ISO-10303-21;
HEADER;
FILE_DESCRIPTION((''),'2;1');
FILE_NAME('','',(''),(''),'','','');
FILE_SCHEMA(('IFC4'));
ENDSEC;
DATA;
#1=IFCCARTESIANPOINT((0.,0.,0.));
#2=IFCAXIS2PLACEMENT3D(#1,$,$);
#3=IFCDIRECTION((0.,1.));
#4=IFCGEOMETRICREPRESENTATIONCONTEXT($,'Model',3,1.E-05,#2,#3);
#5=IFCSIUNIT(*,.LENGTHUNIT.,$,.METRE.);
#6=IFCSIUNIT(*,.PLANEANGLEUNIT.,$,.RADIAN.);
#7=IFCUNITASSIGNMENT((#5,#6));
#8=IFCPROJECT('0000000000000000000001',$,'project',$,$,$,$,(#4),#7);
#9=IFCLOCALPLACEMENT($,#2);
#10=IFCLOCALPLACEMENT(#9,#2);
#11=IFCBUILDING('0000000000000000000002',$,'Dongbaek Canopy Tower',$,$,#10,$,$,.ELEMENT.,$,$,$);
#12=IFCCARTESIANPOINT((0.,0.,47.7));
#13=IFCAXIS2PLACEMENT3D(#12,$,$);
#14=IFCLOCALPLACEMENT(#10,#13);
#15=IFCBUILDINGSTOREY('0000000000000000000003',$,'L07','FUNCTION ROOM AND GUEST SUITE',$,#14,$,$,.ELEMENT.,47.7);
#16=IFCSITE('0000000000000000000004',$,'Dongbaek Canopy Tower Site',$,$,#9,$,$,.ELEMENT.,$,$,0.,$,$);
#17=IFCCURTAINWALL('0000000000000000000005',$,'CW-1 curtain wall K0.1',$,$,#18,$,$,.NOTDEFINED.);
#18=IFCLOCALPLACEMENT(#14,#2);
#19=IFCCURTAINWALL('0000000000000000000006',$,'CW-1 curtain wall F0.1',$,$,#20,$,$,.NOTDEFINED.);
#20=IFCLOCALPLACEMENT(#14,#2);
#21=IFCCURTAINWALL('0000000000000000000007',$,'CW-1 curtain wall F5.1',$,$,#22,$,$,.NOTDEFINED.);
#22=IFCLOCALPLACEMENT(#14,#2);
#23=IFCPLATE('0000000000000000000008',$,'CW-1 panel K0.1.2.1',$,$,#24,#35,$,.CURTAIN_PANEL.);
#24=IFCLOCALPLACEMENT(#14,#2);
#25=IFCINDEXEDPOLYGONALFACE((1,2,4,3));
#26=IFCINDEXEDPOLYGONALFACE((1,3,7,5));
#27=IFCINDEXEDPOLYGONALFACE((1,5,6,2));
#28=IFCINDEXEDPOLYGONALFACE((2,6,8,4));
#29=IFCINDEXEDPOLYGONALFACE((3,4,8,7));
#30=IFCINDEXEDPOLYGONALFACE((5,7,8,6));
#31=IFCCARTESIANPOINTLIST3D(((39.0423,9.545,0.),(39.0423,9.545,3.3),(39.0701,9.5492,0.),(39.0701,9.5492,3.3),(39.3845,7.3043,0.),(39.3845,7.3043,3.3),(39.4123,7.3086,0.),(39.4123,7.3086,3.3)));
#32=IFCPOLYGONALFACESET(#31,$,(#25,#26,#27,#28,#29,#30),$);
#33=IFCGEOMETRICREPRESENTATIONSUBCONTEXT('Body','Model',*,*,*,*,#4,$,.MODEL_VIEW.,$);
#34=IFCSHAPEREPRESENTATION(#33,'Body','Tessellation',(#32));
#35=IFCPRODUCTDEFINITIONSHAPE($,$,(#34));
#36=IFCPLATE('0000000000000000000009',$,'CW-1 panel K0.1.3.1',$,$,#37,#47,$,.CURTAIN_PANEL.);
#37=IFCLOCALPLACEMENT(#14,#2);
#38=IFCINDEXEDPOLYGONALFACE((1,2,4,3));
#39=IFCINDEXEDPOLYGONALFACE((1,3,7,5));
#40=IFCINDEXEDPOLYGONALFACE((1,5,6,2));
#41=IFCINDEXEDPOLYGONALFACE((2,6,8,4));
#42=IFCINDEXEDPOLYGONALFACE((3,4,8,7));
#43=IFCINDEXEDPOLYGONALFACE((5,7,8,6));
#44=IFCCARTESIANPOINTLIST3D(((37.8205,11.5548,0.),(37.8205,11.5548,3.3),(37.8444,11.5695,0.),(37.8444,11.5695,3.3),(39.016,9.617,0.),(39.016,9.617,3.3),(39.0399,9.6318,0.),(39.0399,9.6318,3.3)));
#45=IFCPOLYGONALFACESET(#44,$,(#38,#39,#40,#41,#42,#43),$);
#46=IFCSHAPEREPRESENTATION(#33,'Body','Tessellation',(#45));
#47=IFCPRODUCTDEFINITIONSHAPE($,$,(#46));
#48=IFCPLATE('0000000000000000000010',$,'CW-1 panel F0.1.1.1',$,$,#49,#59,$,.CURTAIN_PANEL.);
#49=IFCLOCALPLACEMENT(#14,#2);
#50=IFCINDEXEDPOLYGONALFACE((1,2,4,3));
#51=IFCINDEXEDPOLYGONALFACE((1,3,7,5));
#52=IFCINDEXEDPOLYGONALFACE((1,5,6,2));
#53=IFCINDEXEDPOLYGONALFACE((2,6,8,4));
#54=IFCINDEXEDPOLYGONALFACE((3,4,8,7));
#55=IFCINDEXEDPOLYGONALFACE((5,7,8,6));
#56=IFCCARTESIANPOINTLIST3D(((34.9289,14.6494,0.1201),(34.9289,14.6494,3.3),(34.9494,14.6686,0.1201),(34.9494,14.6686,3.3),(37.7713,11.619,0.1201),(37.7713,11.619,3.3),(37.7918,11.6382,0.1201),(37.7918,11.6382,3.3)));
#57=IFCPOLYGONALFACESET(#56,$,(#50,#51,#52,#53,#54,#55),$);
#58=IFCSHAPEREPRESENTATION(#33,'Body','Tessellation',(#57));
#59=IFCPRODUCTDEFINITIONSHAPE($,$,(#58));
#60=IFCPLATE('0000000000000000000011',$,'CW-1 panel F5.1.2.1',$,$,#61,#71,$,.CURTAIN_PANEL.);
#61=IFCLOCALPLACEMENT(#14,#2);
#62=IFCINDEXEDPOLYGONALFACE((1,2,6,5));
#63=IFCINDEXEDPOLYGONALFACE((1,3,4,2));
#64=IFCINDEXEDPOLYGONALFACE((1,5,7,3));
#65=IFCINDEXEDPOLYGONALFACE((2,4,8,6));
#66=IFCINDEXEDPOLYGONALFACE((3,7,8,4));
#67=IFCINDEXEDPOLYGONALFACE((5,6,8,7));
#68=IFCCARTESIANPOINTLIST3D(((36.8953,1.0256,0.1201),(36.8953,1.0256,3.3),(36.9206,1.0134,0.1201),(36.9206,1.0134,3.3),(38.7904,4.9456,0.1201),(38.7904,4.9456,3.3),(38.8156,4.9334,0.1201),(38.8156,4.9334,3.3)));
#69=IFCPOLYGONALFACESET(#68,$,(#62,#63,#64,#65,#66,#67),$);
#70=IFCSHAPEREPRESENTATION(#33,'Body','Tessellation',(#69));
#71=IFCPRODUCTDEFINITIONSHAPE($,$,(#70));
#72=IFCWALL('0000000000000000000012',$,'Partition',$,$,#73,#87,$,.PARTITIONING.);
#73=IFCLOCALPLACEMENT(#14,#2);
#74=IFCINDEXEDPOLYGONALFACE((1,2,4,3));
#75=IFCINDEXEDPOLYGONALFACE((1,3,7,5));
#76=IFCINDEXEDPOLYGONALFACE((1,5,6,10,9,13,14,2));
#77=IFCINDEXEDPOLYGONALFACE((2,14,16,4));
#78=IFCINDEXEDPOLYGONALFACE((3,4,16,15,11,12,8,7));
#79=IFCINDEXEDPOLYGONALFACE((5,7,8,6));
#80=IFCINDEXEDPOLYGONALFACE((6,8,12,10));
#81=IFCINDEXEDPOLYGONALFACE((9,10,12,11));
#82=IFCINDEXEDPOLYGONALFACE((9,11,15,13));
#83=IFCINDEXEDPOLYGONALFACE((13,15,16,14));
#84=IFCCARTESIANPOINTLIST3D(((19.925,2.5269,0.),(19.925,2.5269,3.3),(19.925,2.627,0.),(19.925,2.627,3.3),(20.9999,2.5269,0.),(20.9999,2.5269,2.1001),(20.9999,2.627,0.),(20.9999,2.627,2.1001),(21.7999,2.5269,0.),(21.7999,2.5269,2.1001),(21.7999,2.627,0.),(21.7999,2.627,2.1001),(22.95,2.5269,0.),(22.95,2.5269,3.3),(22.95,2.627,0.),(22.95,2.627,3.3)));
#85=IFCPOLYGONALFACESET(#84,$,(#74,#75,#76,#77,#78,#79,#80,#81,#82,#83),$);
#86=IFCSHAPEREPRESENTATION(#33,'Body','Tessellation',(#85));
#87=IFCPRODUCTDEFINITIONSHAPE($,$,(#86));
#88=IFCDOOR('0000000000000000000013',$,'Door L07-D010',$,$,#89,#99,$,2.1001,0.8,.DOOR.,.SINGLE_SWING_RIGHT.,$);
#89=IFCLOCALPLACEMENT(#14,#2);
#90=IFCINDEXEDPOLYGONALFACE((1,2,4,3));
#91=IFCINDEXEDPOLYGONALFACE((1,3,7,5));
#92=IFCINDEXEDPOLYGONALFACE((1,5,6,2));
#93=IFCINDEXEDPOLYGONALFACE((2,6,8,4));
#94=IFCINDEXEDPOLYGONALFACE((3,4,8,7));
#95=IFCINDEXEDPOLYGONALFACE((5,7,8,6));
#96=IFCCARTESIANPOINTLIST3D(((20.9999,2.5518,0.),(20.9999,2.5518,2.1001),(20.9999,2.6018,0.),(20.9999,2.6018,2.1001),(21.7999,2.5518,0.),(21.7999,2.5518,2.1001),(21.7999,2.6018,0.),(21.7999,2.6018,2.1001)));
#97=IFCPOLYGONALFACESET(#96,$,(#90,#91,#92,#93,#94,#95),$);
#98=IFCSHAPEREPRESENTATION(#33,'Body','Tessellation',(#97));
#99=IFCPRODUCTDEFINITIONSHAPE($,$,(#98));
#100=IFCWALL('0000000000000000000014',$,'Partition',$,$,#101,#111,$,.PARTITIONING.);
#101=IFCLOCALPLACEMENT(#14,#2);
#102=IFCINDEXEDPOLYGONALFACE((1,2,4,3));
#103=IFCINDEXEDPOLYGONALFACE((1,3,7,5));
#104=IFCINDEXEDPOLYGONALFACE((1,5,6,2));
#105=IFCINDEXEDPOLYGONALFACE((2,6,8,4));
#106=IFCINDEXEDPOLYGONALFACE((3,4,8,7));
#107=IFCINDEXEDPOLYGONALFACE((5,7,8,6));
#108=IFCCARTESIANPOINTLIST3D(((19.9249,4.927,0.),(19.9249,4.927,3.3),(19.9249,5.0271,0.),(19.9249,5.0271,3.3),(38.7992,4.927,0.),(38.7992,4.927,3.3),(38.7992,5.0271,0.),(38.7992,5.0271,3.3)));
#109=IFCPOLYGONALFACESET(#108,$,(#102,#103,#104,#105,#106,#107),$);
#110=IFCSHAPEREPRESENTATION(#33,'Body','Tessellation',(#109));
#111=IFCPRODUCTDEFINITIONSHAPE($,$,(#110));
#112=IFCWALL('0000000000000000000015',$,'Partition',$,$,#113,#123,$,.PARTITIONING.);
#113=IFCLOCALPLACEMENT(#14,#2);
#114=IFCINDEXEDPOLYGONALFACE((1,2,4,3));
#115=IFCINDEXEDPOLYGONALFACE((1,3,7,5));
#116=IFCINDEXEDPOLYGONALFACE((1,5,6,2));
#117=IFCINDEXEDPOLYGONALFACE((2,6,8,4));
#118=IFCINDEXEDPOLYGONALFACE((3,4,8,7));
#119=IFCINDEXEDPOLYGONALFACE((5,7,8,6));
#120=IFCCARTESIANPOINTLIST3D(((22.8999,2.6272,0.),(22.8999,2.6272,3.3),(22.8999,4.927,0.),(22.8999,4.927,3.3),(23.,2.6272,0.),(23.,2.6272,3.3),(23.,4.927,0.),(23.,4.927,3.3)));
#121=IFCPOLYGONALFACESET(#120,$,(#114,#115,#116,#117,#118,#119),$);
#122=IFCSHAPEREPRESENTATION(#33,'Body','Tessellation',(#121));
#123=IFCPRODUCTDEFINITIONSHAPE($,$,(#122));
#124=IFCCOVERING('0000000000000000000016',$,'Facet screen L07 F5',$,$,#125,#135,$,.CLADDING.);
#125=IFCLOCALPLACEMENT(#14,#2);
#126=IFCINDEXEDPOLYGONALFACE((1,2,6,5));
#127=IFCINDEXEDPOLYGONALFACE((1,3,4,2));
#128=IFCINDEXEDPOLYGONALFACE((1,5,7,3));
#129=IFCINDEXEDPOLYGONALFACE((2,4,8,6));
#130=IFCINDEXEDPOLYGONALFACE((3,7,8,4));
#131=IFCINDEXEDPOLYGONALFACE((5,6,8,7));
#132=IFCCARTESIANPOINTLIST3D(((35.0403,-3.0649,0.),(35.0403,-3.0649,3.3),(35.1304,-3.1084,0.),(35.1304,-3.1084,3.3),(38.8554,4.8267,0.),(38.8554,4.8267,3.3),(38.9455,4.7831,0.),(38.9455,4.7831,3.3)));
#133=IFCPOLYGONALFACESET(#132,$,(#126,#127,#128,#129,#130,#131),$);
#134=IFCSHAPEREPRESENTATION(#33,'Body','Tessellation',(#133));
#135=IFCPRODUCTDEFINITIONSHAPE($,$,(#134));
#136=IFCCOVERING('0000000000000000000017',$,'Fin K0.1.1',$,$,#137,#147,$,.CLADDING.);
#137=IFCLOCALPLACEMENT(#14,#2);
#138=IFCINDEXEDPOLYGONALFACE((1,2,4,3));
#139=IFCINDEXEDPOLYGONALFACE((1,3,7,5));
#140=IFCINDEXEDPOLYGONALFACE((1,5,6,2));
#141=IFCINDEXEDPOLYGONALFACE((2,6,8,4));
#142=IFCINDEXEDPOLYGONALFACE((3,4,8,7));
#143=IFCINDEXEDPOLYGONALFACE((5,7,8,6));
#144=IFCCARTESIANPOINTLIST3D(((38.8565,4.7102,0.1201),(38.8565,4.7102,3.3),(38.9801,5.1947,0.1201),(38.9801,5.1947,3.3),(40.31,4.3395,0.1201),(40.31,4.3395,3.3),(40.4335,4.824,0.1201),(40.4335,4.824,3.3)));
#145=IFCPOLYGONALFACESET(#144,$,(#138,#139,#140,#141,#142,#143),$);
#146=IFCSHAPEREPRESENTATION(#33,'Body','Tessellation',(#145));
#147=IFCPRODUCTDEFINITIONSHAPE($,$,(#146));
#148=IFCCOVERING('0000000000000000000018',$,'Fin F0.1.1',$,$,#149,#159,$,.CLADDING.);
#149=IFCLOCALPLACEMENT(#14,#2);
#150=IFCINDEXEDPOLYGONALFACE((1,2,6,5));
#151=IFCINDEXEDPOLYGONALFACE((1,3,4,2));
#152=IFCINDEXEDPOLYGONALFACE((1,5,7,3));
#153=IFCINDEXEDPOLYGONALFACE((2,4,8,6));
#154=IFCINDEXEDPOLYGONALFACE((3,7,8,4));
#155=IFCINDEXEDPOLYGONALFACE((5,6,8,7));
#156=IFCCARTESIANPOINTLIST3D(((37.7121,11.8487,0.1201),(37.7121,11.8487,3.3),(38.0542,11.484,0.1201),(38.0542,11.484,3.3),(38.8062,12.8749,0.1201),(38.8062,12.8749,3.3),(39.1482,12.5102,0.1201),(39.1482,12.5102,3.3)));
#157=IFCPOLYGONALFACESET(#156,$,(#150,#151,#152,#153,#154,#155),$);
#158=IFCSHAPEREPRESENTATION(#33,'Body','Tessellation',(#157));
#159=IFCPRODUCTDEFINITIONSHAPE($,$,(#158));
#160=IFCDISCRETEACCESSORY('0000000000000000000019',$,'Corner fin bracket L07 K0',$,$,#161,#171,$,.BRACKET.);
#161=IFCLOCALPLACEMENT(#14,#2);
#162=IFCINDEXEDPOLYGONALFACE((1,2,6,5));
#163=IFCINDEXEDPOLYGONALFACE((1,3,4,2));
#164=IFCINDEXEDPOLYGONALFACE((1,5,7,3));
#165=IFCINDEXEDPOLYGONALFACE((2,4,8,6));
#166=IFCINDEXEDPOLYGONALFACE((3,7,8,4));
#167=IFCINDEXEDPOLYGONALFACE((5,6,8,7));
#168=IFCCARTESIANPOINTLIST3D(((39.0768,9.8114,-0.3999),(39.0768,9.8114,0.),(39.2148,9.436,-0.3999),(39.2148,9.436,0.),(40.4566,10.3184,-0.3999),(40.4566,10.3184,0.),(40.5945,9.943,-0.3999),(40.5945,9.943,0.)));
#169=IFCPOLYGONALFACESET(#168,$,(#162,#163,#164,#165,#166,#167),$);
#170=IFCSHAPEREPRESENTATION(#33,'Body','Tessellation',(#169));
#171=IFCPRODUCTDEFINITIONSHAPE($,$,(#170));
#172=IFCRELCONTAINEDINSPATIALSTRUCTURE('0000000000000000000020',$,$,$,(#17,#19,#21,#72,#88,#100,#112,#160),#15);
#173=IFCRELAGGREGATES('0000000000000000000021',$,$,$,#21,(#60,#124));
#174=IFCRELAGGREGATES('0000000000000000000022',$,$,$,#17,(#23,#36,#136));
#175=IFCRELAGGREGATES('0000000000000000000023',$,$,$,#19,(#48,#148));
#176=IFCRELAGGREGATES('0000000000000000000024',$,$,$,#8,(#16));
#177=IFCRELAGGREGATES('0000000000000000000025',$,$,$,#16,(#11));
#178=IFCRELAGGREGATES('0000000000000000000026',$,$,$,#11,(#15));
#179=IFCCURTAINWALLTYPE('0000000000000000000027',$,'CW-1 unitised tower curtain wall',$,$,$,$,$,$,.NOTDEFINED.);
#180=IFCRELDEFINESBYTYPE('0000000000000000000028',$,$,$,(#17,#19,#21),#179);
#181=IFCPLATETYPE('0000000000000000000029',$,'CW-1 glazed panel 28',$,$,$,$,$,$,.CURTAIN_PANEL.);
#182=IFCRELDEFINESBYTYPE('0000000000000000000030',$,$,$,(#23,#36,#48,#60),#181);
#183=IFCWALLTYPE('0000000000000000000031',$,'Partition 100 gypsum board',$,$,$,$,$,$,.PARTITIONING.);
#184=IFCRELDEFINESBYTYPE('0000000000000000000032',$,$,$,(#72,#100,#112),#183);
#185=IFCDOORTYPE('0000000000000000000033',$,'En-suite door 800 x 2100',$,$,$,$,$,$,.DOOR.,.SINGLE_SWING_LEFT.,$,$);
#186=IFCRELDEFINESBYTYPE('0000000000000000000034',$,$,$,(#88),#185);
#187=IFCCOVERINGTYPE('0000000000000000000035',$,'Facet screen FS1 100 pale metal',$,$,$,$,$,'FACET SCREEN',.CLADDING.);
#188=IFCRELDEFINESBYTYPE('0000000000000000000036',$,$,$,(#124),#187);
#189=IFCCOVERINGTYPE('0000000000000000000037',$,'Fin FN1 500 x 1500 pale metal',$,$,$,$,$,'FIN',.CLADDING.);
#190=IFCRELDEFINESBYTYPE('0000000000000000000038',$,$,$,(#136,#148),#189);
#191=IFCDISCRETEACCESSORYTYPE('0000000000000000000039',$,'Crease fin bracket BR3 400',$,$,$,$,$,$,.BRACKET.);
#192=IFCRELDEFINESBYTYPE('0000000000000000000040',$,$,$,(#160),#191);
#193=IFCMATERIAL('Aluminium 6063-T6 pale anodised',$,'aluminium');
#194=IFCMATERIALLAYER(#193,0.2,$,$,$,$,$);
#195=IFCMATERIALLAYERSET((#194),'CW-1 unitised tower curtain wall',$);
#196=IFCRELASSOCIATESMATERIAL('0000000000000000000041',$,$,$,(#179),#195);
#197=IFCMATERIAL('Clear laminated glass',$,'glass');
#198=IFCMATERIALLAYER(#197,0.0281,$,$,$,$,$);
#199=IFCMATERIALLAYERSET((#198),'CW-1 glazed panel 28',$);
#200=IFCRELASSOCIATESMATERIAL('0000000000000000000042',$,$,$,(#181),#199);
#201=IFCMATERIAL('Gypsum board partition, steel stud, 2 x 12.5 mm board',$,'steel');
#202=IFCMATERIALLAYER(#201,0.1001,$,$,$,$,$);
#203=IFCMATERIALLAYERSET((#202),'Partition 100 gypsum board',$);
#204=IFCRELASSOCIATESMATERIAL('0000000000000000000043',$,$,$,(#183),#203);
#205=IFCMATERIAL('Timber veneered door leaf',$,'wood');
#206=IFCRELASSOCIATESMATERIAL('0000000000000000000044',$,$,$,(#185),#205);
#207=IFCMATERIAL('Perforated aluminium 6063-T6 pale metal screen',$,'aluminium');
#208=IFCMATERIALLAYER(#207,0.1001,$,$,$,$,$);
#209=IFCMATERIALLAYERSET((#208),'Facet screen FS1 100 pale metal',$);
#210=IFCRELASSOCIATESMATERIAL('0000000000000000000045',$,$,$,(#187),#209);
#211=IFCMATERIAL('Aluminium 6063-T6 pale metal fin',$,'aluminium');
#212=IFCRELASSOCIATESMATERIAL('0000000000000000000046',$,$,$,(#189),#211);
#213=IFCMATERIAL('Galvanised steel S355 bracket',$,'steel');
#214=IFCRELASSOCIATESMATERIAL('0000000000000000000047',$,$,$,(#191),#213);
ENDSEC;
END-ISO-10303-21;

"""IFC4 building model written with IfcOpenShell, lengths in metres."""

from ifc_helpers import new_model, si_unit, direction, frame, frame_2d, origin, origin_2d, place, context, subcontext, project, spatial, rectangle, extrude, material, layer, layer_set, material_profile, profile_set, type_object, element, fill, aggregate, save


model = new_model("IFC4")

# Units and contexts
model_context = context("Model", 3, precision=1e-05, world=origin(), true_north=direction((0.0, 1.0)))
body_context = subcontext(model_context, "Body", "Model", "MODEL_VIEW")
ifc_project = project(units=[si_unit("LENGTHUNIT", "METRE"), si_unit("PLANEANGLEUNIT", "RADIAN")], contexts=[model_context])

# Site, building, storey
site_placement = place(None, origin())
site = spatial("IfcSite", under=ifc_project, at=site_placement, Name="Dongbaek Canopy Tower Site", CompositionType="ELEMENT", RefElevation=0.0)
building_placement = place(site_placement, origin())
building = spatial("IfcBuilding", under=site, at=building_placement, Name="Dongbaek Canopy Tower", CompositionType="ELEMENT")
storey_placement = place(building_placement, frame((0.0, 0.0, 47.7)))
storey = spatial("IfcBuildingStorey", under=building, at=storey_placement, Name="L07", Description="FUNCTION ROOM AND GUEST SUITE", CompositionType="ELEMENT", Elevation=47.7)

# Curtain wall
ifc_material_1 = material(Name="Aluminium 6063-T6 pale anodised", Category="aluminium")
ifc_layer_1 = layer(ifc_material_1, 0.2)
ifc_layer_set_1 = layer_set([ifc_layer_1], Name="CW-1 unitised tower curtain wall")
curtain_wall_type = type_object("IfcCurtainWallType", Name="CW-1 unitised tower curtain wall", PredefinedType="NOTDEFINED", material=ifc_layer_set_1)
curtain_wall_1_placement = place(storey_placement, origin())
curtain_wall_1 = element("IfcCurtainWall", 1, at=curtain_wall_1_placement, inside=storey, type_object=curtain_wall_type, Name="CW-1 curtain wall K0.1", PredefinedType="NOTDEFINED")

# Curtain walls
curtain_wall_2_placement = place(storey_placement, origin())
curtain_wall_2 = element("IfcCurtainWall", 2, at=curtain_wall_2_placement, inside=storey, type_object=curtain_wall_type, Name="CW-1 curtain wall F0.1", PredefinedType="NOTDEFINED")
curtain_wall_3_placement = place(storey_placement, origin())
curtain_wall_3 = element("IfcCurtainWall", 3, at=curtain_wall_3_placement, inside=storey, type_object=curtain_wall_type, Name="CW-1 curtain wall F5.1", PredefinedType="NOTDEFINED")

# Plates
ifc_material_2 = material(Name="Clear laminated glass", Category="glass")
ifc_layer_2 = layer(ifc_material_2, 0.0281)
ifc_layer_set_2 = layer_set([ifc_layer_2], Name="CW-1 glazed panel 28")
plate_type = type_object("IfcPlateType", Name="CW-1 glazed panel 28", PredefinedType="CURTAIN_PANEL", material=ifc_layer_set_2)
plate_1_placement = place(storey_placement, frame((39.2273, 8.4268, 0.0), z_axis=(0.0, 0.0, 1.0), x_axis=(-0.150964, 0.988539, 0.0)))
plate_1 = element("IfcPlate", 4, at=plate_1_placement, type_object=plate_type, Name="CW-1 panel K0.1.2.1", PredefinedType="CURTAIN_PANEL", context=body_context, shape_type="SweptSolid", body=[
    extrude(rectangle(XDim=2.2666, YDim=0.0281, at=origin_2d()), origin(), (0.0, 0.0, 1.0), 3.3),
])
plate_2_placement = place(storey_placement, frame((38.4302, 10.5933, 0.0), z_axis=(0.0, 0.0, 1.0), x_axis=(-0.525054, 0.851069, 0.0)))
plate_2 = element("IfcPlate", 5, at=plate_2_placement, type_object=plate_type, Name="CW-1 panel K0.1.3.1", PredefinedType="CURTAIN_PANEL", context=body_context, shape_type="SweptSolid", body=[
    extrude(rectangle(XDim=2.2769, YDim=0.0281, at=origin_2d()), origin(), (0.0, 0.0, 1.0), 3.3),
])
plate_3_placement = place(storey_placement, frame((36.3604, 13.1438, 0.1201), z_axis=(0.0, 0.0, 1.0), x_axis=(-0.68412, 0.729369, 0.0)))
plate_3 = element("IfcPlate", 6, at=plate_3_placement, type_object=plate_type, Name="CW-1 panel F0.1.1.1", PredefinedType="CURTAIN_PANEL", context=body_context, shape_type="SweptSolid", body=[
    extrude(rectangle(XDim=4.1548, YDim=0.0281, at=origin_2d()), origin(), (0.0, 0.0, 1.0), 3.1799),
])
plate_4_placement = place(storey_placement, frame((37.8555, 2.9795, 0.1201), z_axis=(0.0, 0.0, 1.0), x_axis=(0.435245, 0.900312, 0.0)))
plate_4 = element("IfcPlate", 7, at=plate_4_placement, type_object=plate_type, Name="CW-1 panel F5.1.2.1", PredefinedType="CURTAIN_PANEL", context=body_context, shape_type="SweptSolid", body=[
    extrude(rectangle(XDim=4.354, YDim=0.0281, at=origin_2d()), origin(), (0.0, 0.0, 1.0), 3.1799),
])

# Wall, opening, door
ifc_material_3 = material(Name="Gypsum board partition, steel stud, 2 x 12.5 mm board", Category="steel")
ifc_layer_3 = layer(ifc_material_3, 0.1001)
ifc_layer_set_3 = layer_set([ifc_layer_3], Name="Partition 100 gypsum board")
wall_type = type_object("IfcWallType", Name="Partition 100 gypsum board", PredefinedType="PARTITIONING", material=ifc_layer_set_3)
wall_1_placement = place(storey_placement, frame((19.925, 2.5769, 0.0), z_axis=(0.0, 0.0, 1.0), x_axis=(1.0, 0.0, 0.0)))
wall_1 = element("IfcWall", 8, at=wall_1_placement, inside=storey, type_object=wall_type, Name="Partition", PredefinedType="PARTITIONING", context=body_context, shape_type="SweptSolid", body=[
    extrude(rectangle(XDim=3.0249, YDim=0.1001, at=frame_2d((1.5125, 0.0))), origin(), (0.0, 0.0, 1.0), 3.3),
])
opening_placement = place(wall_1_placement, frame((1.075, 0.0, 0.0)))
opening = element("IfcOpeningElement", 9, at=opening_placement, cuts=wall_1, PredefinedType="OPENING", context=body_context, shape_type="SweptSolid", body=[
    extrude(rectangle(XDim=0.8, YDim=2.1001, at=frame_2d((0.3999, 1.05))), frame((0.0, 0.0601, 0.0), z_axis=(0.0, -1.0, 0.0), x_axis=(1.0, 0.0, 0.0)), (0.0, 0.0, 1.0), 0.1201),
])
ifc_material_4 = material(Name="Timber veneered door leaf", Category="wood")
door_type = type_object("IfcDoorType", Name="En-suite door 800 x 2100", OperationType="SINGLE_SWING_LEFT", PredefinedType="DOOR", material=ifc_material_4)
door_placement = place(opening_placement, origin())
door = element("IfcDoor", 10, at=door_placement, inside=storey, type_object=door_type, Name="Door L07-D010", OperationType="SINGLE_SWING_RIGHT", OverallHeight=2.1001, OverallWidth=0.8, PredefinedType="DOOR", context=body_context, shape_type="SweptSolid", body=[
    extrude(rectangle(XDim=0.8, YDim=2.1001, at=frame_2d((0.3999, 1.05))), frame((0.0, 0.0249, 0.0), z_axis=(0.0, -1.0, 0.0), x_axis=(1.0, 0.0, 0.0)), (0.0, 0.0, 1.0), 0.05),
])
fill(opening, door)

# Walls
wall_2_placement = place(storey_placement, frame((19.925, 4.9771, 0.0), z_axis=(0.0, 0.0, 1.0), x_axis=(1.0, 0.0, 0.0)))
element("IfcWall", 11, at=wall_2_placement, inside=storey, type_object=wall_type, Name="Partition", PredefinedType="PARTITIONING", context=body_context, shape_type="SweptSolid", body=[
    extrude(rectangle(XDim=18.8743, YDim=0.1001, at=frame_2d((9.437, 0.0))), origin(), (0.0, 0.0, 1.0), 3.3),
])
wall_3_placement = place(storey_placement, frame((22.95, 2.6272, 0.0), z_axis=(0.0, 0.0, 1.0), x_axis=(0.0, 1.0, 0.0)))
element("IfcWall", 12, at=wall_3_placement, inside=storey, type_object=wall_type, Name="Partition", PredefinedType="PARTITIONING", context=body_context, shape_type="SweptSolid", body=[
    extrude(rectangle(XDim=2.2998, YDim=0.1001, at=frame_2d((1.1499, 0.0))), origin(), (0.0, 0.0, 1.0), 3.3),
])

# Coverings
ifc_material_5 = material(Name="Perforated aluminium 6063-T6 pale metal screen", Category="aluminium")
ifc_layer_4 = layer(ifc_material_5, 0.1001)
ifc_layer_set_4 = layer_set([ifc_layer_4], Name="Facet screen FS1 100 pale metal")
covering_type_1 = type_object("IfcCoveringType", Name="Facet screen FS1 100 pale metal", ElementType="FACET SCREEN", PredefinedType="CLADDING", material=ifc_layer_set_4)
covering_1_placement = place(storey_placement, frame((36.9929, 0.8591, 0.0), z_axis=(0.0, 0.0, 1.0), x_axis=(0.435245, 0.900312, 0.0)))
covering_1 = element("IfcCovering", 13, at=covering_1_placement, type_object=covering_type_1, Name="Facet screen L07 F5", PredefinedType="CLADDING", context=body_context, shape_type="SweptSolid", body=[
    extrude(rectangle(XDim=8.7654, YDim=0.1001, at=origin_2d()), origin(), (0.0, 0.0, 1.0), 3.3),
])
aggregate(curtain_wall_3, [plate_4, covering_1])
ifc_material_6 = material(Name="Aluminium 6063-T6 pale metal fin", Category="aluminium")
ifc_material_profile_1 = material_profile(ifc_material_6, rectangle(XDim=1.5, YDim=0.5, at=origin_2d()), Name="Fin FN1 500 x 1500 pale metal")
ifc_profile_set_1 = profile_set([ifc_material_profile_1], Name="Aluminium 6063-T6 pale metal fin")
covering_type_2 = type_object("IfcCoveringType", Name="Fin FN1 500 x 1500 pale metal", ElementType="FIN", PredefinedType="CLADDING", material=ifc_profile_set_1)
covering_2_placement = place(storey_placement, frame((39.645, 4.7671, 0.1201), z_axis=(0.0, 0.0, 1.0), x_axis=(0.968988, -0.247106, 0.0)))
covering_2 = element("IfcCovering", 14, at=covering_2_placement, type_object=covering_type_2, Name="Fin K0.1.1", PredefinedType="CLADDING", context=body_context, shape_type="SweptSolid", body=[
    extrude(rectangle(XDim=1.5, YDim=0.5, at=origin_2d()), origin(), (0.0, 0.0, 1.0), 3.1799),
])
aggregate(curtain_wall_1, [plate_1, plate_2, covering_2])
covering_3_placement = place(storey_placement, frame((38.4302, 12.1794, 0.1201), z_axis=(0.0, 0.0, 1.0), x_axis=(0.729369, 0.68412, 0.0)))
covering_3 = element("IfcCovering", 15, at=covering_3_placement, type_object=covering_type_2, Name="Fin F0.1.1", PredefinedType="CLADDING", context=body_context, shape_type="SweptSolid", body=[
    extrude(rectangle(XDim=1.5, YDim=0.5, at=origin_2d()), origin(), (0.0, 0.0, 1.0), 3.1799),
])
aggregate(curtain_wall_2, [plate_3, covering_3])

# Discrete accessory
ifc_material_7 = material(Name="Galvanised steel S355 bracket", Category="steel")
discrete_accessory_type = type_object("IfcDiscreteAccessoryType", Name="Crease fin bracket BR3 400", PredefinedType="BRACKET", material=ifc_material_7)
discrete_accessory_placement = place(storey_placement, frame((39.8357, 9.8772, -0.3999), z_axis=(0.0, 0.0, 1.0), x_axis=(0.93863, 0.344926, 0.0)))
element("IfcDiscreteAccessory", 16, at=discrete_accessory_placement, inside=storey, type_object=discrete_accessory_type, Name="Corner fin bracket L07 K0", PredefinedType="BRACKET", context=body_context, shape_type="SweptSolid", body=[
    extrude(rectangle(XDim=1.47, YDim=0.3999, at=origin_2d()), origin(), (0.0, 0.0, 1.0), 0.3999),
])

save(model, "model.ifc")
